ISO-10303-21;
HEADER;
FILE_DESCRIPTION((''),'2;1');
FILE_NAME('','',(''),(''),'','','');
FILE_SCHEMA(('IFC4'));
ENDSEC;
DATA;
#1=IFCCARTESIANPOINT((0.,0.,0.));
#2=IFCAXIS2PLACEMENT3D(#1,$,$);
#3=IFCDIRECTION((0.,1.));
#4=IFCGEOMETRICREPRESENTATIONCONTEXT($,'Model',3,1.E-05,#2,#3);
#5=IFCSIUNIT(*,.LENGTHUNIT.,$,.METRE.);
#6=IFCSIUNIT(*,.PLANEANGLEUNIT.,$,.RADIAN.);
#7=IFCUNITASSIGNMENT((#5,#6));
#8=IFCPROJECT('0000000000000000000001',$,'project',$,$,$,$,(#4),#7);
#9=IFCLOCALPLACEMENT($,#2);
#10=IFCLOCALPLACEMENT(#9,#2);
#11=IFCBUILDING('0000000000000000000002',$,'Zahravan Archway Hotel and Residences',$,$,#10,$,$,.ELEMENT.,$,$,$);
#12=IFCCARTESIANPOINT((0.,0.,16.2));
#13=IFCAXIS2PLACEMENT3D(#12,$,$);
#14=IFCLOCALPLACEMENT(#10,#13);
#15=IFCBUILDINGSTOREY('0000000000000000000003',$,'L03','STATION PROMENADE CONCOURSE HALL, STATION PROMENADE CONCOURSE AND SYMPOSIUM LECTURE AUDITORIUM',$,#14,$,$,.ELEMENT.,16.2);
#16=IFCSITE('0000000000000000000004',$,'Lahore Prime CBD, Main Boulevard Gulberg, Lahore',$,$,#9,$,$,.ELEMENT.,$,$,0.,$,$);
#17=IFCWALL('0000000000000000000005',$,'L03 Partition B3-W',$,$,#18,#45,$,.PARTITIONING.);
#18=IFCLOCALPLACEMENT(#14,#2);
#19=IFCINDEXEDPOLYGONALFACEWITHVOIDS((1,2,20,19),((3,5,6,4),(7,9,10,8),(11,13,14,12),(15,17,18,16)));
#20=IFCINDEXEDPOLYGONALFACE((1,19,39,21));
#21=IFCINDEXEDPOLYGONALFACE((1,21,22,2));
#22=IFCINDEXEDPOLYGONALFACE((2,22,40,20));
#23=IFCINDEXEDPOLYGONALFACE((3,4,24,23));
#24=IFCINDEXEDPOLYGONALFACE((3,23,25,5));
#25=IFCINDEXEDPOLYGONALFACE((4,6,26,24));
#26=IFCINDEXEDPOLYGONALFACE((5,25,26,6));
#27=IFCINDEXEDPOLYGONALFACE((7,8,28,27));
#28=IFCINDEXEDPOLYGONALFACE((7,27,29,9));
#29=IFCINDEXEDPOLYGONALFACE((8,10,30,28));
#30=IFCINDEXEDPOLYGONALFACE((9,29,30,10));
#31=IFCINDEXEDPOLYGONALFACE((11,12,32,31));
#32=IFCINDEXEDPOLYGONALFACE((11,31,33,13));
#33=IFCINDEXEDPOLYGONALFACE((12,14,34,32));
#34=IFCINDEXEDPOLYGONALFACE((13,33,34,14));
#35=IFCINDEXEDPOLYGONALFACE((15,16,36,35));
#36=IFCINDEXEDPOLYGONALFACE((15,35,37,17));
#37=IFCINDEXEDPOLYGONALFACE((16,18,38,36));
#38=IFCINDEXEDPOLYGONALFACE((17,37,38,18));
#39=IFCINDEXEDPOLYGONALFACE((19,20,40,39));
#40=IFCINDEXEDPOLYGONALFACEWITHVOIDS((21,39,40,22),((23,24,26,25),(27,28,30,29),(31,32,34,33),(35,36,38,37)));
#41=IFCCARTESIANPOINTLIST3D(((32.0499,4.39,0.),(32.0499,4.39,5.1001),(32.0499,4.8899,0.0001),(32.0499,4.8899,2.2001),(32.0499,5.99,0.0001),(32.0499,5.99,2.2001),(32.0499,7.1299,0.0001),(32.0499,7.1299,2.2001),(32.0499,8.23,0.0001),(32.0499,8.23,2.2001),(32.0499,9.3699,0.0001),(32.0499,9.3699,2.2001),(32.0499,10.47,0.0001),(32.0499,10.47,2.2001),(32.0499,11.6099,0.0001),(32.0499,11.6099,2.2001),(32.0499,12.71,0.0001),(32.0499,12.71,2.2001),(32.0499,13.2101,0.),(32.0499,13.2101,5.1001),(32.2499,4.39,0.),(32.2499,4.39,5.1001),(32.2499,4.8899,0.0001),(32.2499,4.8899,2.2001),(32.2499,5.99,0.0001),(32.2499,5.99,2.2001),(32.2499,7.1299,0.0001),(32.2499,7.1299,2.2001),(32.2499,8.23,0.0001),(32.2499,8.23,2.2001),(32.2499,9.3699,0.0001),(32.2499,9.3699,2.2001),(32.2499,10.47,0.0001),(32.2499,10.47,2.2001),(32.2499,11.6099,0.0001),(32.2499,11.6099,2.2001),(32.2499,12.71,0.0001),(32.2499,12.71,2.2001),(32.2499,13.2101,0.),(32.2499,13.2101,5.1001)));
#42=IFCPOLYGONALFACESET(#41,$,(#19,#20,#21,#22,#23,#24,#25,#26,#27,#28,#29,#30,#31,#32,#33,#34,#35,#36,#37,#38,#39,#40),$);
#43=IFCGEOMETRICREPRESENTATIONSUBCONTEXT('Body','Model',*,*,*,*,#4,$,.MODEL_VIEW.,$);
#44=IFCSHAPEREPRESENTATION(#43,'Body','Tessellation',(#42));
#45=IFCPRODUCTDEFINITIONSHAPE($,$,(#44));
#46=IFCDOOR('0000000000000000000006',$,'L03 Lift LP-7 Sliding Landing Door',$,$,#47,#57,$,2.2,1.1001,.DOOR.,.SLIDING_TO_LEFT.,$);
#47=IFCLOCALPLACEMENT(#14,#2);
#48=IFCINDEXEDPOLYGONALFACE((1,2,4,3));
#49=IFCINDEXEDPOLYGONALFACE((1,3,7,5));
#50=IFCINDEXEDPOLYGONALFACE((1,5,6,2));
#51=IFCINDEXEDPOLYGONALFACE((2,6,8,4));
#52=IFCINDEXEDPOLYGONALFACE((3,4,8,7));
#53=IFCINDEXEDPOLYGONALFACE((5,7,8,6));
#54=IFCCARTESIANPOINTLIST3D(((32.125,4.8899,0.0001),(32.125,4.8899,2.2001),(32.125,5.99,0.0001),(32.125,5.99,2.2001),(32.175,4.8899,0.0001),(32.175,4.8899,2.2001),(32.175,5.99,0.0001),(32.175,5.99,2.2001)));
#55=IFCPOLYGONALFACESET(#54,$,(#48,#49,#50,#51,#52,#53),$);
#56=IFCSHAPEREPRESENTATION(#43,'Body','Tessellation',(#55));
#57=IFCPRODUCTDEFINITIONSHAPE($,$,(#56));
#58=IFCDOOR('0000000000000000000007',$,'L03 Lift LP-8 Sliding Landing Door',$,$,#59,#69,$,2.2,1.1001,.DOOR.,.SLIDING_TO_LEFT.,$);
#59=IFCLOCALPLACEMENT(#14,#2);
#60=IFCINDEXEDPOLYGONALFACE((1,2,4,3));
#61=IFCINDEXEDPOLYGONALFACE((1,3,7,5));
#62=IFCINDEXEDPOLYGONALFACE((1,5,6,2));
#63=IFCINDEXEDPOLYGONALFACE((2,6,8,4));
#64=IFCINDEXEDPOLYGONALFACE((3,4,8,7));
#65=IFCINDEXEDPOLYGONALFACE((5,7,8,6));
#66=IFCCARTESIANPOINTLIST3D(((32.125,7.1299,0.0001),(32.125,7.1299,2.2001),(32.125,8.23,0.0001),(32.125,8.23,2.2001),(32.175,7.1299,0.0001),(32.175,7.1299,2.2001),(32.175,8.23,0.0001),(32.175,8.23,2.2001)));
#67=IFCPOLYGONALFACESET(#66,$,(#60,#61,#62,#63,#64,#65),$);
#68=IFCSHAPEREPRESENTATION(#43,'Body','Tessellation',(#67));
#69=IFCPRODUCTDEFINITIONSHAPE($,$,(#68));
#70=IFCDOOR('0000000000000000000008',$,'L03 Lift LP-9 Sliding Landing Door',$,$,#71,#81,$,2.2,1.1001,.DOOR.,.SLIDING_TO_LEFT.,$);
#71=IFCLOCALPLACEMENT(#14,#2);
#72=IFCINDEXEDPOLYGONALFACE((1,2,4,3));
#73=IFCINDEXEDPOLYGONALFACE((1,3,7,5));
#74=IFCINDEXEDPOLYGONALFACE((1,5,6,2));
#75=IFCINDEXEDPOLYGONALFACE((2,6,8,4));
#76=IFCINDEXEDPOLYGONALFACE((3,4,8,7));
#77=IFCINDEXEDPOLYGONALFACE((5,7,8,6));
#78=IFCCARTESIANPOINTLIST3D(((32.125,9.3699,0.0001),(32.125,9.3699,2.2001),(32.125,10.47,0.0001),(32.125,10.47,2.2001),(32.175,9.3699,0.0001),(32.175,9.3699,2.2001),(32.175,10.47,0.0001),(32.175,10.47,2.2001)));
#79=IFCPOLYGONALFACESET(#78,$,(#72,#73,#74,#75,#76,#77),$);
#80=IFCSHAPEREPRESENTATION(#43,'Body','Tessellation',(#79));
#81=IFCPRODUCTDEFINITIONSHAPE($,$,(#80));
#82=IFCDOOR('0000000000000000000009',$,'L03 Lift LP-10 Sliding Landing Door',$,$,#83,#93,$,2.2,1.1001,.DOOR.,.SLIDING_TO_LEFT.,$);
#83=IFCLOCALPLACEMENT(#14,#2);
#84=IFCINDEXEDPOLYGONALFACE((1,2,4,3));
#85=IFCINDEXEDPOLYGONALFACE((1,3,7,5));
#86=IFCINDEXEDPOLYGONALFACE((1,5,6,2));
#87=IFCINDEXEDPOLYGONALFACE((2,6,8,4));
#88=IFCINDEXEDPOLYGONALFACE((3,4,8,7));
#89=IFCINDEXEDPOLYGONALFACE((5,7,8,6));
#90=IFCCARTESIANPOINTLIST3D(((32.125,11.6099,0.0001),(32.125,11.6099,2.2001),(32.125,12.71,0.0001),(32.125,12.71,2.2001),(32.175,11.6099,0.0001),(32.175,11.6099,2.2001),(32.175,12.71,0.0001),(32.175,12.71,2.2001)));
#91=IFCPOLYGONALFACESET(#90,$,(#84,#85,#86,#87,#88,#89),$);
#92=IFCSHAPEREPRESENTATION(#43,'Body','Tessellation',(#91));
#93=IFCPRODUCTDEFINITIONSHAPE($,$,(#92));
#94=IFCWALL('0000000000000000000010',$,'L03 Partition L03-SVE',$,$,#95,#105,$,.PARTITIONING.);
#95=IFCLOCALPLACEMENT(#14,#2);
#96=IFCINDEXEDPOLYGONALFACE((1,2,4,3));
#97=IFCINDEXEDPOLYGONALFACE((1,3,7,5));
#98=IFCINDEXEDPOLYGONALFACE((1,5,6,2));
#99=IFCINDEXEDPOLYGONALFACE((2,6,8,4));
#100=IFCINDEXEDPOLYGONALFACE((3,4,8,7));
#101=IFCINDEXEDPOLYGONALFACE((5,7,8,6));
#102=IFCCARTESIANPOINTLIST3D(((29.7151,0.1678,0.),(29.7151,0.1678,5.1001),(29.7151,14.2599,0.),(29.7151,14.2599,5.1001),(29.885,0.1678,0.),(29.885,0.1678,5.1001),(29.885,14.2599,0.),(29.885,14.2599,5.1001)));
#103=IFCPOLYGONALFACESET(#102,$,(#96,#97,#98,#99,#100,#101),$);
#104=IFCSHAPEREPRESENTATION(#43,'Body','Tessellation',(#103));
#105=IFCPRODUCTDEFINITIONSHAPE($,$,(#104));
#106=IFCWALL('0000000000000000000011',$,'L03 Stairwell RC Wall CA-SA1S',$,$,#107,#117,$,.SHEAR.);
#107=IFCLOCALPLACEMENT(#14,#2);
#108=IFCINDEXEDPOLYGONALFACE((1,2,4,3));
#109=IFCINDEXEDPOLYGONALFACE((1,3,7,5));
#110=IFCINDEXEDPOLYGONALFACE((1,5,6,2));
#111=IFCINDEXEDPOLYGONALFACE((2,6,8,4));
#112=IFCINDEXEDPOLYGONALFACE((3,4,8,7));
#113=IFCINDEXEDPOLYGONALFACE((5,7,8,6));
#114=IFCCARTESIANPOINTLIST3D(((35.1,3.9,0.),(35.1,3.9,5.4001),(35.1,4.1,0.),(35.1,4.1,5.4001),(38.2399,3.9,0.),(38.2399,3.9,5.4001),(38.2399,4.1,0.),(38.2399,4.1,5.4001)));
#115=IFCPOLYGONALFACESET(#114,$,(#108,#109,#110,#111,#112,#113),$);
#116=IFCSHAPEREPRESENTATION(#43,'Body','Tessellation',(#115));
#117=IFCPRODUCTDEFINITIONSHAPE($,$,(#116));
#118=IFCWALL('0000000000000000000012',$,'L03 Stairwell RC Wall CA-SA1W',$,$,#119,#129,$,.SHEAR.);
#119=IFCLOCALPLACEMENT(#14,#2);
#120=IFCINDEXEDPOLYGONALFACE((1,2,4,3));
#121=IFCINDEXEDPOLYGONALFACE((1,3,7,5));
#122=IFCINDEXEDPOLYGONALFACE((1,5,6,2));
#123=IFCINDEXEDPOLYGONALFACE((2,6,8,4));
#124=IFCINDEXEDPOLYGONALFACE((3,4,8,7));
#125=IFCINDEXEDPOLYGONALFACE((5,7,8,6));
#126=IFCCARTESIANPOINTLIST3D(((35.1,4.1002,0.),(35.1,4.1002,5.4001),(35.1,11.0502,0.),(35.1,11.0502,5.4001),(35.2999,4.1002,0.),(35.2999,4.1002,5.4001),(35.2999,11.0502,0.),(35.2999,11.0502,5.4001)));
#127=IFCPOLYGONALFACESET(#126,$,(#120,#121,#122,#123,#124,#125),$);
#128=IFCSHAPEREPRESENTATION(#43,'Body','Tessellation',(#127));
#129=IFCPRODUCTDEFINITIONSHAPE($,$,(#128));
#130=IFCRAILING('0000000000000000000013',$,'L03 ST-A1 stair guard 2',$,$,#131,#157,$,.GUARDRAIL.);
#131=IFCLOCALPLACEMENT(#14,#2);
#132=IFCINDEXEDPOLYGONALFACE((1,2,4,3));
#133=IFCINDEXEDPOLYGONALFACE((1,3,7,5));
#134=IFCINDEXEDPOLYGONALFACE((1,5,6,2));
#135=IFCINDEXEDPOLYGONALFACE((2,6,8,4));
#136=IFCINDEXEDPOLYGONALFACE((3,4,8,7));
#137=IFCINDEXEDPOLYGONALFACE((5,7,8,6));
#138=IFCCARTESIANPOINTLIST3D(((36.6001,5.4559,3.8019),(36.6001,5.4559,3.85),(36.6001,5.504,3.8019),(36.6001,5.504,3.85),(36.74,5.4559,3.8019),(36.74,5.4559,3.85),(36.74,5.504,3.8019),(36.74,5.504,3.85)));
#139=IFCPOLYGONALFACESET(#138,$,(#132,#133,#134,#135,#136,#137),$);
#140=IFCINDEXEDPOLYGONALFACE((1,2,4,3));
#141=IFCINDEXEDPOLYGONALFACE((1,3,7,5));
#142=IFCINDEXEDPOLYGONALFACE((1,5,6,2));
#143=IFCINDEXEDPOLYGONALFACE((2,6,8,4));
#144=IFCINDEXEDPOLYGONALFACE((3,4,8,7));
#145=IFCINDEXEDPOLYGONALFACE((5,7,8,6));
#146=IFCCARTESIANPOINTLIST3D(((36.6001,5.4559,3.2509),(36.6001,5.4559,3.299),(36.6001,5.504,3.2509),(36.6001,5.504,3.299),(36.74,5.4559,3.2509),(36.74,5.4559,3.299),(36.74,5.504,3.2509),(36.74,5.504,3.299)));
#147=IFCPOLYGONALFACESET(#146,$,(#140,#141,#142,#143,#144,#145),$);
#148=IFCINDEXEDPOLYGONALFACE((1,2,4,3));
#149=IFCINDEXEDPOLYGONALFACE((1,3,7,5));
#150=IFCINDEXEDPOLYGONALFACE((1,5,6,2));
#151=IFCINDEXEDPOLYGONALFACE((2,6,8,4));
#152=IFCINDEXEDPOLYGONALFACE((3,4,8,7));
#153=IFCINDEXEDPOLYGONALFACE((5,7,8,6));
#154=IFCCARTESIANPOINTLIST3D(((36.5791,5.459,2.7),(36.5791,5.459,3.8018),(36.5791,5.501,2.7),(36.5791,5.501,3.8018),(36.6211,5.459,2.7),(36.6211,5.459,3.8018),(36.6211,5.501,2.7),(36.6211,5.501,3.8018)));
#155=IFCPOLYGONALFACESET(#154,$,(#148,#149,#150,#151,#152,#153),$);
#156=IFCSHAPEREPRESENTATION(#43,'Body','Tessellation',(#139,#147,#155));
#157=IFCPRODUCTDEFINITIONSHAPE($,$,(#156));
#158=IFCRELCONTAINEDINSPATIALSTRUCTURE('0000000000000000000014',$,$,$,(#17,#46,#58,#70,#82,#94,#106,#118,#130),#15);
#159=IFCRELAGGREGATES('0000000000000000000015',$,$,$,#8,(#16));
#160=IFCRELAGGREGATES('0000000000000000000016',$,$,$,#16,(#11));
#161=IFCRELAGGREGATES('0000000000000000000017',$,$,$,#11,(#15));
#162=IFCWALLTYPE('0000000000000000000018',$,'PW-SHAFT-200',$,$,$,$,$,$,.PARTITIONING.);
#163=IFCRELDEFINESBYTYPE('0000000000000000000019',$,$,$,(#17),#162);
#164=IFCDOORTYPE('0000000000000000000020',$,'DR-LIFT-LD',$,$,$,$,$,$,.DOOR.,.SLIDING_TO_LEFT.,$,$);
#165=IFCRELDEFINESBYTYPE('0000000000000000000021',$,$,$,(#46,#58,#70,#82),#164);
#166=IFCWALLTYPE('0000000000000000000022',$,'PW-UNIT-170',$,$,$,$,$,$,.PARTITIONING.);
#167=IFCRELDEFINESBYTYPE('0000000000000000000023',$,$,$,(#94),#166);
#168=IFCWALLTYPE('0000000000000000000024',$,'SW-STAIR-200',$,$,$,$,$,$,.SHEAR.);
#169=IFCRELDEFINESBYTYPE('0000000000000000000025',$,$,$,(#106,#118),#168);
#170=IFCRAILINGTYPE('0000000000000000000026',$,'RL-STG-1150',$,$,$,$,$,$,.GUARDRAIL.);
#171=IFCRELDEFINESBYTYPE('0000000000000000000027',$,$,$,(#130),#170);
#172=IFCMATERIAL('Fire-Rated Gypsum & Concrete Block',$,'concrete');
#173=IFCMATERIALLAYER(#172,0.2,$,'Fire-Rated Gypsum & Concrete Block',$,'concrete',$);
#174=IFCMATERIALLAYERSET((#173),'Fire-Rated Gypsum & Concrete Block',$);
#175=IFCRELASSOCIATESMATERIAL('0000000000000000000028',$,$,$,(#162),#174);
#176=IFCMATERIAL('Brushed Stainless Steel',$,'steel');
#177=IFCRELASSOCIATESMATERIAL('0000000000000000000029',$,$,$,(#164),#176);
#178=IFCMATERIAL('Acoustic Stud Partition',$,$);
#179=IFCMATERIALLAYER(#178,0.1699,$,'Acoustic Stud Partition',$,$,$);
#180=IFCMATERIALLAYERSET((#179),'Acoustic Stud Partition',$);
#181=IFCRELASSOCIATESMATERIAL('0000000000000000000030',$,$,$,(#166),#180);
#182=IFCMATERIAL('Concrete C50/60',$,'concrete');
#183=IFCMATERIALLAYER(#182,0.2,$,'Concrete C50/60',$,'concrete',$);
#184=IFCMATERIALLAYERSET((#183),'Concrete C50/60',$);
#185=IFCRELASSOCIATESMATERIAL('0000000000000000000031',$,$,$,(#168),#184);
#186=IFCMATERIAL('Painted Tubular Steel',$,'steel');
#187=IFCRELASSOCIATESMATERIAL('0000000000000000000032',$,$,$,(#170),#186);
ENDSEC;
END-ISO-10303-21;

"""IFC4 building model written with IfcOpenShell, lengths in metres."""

from ifc_helpers import new_model, si_unit, direction, frame, frame_2d, origin, origin_2d, place, context, subcontext, project, spatial, rectangle, extrude, source, transform, mapped, material, layer, layer_set, type_object, type_shapes, element, fill, save


model = new_model("IFC4")

# Units and contexts
model_context = context("Model", 3, precision=1e-05, world=origin(), true_north=direction((0.0, 1.0)))
body_context = subcontext(model_context, "Body", "Model", "MODEL_VIEW")
ifc_project = project(units=[si_unit("LENGTHUNIT", "METRE"), si_unit("PLANEANGLEUNIT", "RADIAN")], contexts=[model_context])

# Site, building, storey
site_placement = place(None, origin())
site = spatial("IfcSite", under=ifc_project, at=site_placement, Name="Lahore Prime CBD, Main Boulevard Gulberg, Lahore", CompositionType="ELEMENT", RefElevation=0.0)
building_placement = place(site_placement, origin())
building = spatial("IfcBuilding", under=site, at=building_placement, Name="Zahravan Archway Hotel and Residences", CompositionType="ELEMENT")
storey_placement = place(building_placement, frame((0.0, 0.0, 16.2)))
storey = spatial("IfcBuildingStorey", under=building, at=storey_placement, Name="L03", Description="STATION PROMENADE CONCOURSE HALL, STATION PROMENADE CONCOURSE AND SYMPOSIUM LECTURE AUDITORIUM", CompositionType="ELEMENT", Elevation=16.2)

# Shared definitions
ifc_material_1 = material(Name="Fire-Rated Gypsum & Concrete Block", Category="concrete")

# Shared definitions
ifc_layer_1 = layer(ifc_material_1, 0.2, Name="Fire-Rated Gypsum & Concrete Block", Category="concrete")
ifc_layer_set_1 = layer_set([ifc_layer_1], Name="Fire-Rated Gypsum & Concrete Block")
wall_type_1 = type_object("IfcWallType", Name="PW-SHAFT-200", PredefinedType="PARTITIONING", material=ifc_layer_set_1)

# Wall, openings, doors
wall_1_placement = place(storey_placement, frame((32.1499, 4.3899, 0.0), z_axis=(0.0, 0.0, 1.0), x_axis=(0.0, 1.0, 0.0)))
wall_1 = element("IfcWall", 1, at=wall_1_placement, inside=storey, type_object=wall_type_1, Name="L03 Partition B3-W", PredefinedType="PARTITIONING", context=body_context, shape_type="SweptSolid", body=[
    extrude(rectangle(XDim=8.8201, YDim=0.2, at=frame_2d((4.4102, 0.0))), origin(), (0.0, 0.0, 1.0), 5.1001),
])
opening_1_placement = place(wall_1_placement, frame((0.5, 0.0, 0.0)))
opening_1 = element("IfcOpeningElement", 2, at=opening_1_placement, cuts=wall_1, PredefinedType="OPENING", context=body_context, shape_type="SweptSolid", body=[
    extrude(rectangle(XDim=1.1001, YDim=2.2, at=frame_2d((0.55, 1.1001))), frame((0.0, 0.1099, 0.0), z_axis=(0.0, -1.0, 0.0), x_axis=(1.0, 0.0, 0.0)), (0.0, 0.0, 1.0), 0.22),
])
opening_2_placement = place(wall_1_placement, frame((2.74, 0.0, 0.0)))
opening_2 = element("IfcOpeningElement", 3, at=opening_2_placement, cuts=wall_1, PredefinedType="OPENING", context=body_context, shape_type="SweptSolid", body=[
    extrude(rectangle(XDim=1.1001, YDim=2.2, at=frame_2d((0.55, 1.1001))), frame((0.0, 0.1099, 0.0), z_axis=(0.0, -1.0, 0.0), x_axis=(1.0, 0.0, 0.0)), (0.0, 0.0, 1.0), 0.22),
])
opening_3_placement = place(wall_1_placement, frame((4.98, 0.0, 0.0)))
opening_3 = element("IfcOpeningElement", 4, at=opening_3_placement, cuts=wall_1, PredefinedType="OPENING", context=body_context, shape_type="SweptSolid", body=[
    extrude(rectangle(XDim=1.1001, YDim=2.2, at=frame_2d((0.55, 1.1001))), frame((0.0, 0.1099, 0.0), z_axis=(0.0, -1.0, 0.0), x_axis=(1.0, 0.0, 0.0)), (0.0, 0.0, 1.0), 0.22),
])
opening_4_placement = place(wall_1_placement, frame((7.22, 0.0, 0.0)))
opening_4 = element("IfcOpeningElement", 5, at=opening_4_placement, cuts=wall_1, PredefinedType="OPENING", context=body_context, shape_type="SweptSolid", body=[
    extrude(rectangle(XDim=1.1001, YDim=2.2, at=frame_2d((0.55, 1.1001))), frame((0.0, 0.1099, 0.0), z_axis=(0.0, -1.0, 0.0), x_axis=(1.0, 0.0, 0.0)), (0.0, 0.0, 1.0), 0.22),
])
ifc_material_2 = material(Name="Brushed Stainless Steel", Category="steel")
door_type_1 = type_object("IfcDoorType", Name="DR-LIFT-LD", OperationType="SLIDING_TO_LEFT", PredefinedType="DOOR", material=ifc_material_2)
shared_shape_1 = source(origin(), body_context, "Body", "SweptSolid", [
    extrude(rectangle(XDim=1.1001, YDim=2.2, at=frame_2d((0.55, 1.1001))), frame((0.0, 0.0249, 0.0), z_axis=(0.0, -1.0, 0.0), x_axis=(1.0, 0.0, 0.0)), (0.0, 0.0, 1.0), 0.05),
])
type_shapes(door_type_1, [shared_shape_1])
door_1_placement = place(opening_1_placement, origin())
door_1 = element("IfcDoor", 6, at=door_1_placement, inside=storey, type_object=door_type_1, Name="L03 Lift LP-7 Sliding Landing Door", OperationType="SLIDING_TO_LEFT", OverallHeight=2.2, OverallWidth=1.1001, PredefinedType="DOOR", context=body_context, shape_type="MappedRepresentation", body=[
    mapped(shared_shape_1, transform((0.0, 0.0, 0.0), scale=1.0)),
])
fill(opening_1, door_1)
door_2_placement = place(opening_2_placement, origin())
door_2 = element("IfcDoor", 7, at=door_2_placement, inside=storey, type_object=door_type_1, Name="L03 Lift LP-8 Sliding Landing Door", OperationType="SLIDING_TO_LEFT", OverallHeight=2.2, OverallWidth=1.1001, PredefinedType="DOOR", context=body_context, shape_type="MappedRepresentation", body=[
    mapped(shared_shape_1, transform((0.0, 0.0, 0.0), scale=1.0)),
])
fill(opening_2, door_2)
door_3_placement = place(opening_3_placement, origin())
door_3 = element("IfcDoor", 8, at=door_3_placement, inside=storey, type_object=door_type_1, Name="L03 Lift LP-9 Sliding Landing Door", OperationType="SLIDING_TO_LEFT", OverallHeight=2.2, OverallWidth=1.1001, PredefinedType="DOOR", context=body_context, shape_type="MappedRepresentation", body=[
    mapped(shared_shape_1, transform((0.0, 0.0, 0.0), scale=1.0)),
])
fill(opening_3, door_3)
door_4_placement = place(opening_4_placement, origin())
door_4 = element("IfcDoor", 9, at=door_4_placement, inside=storey, type_object=door_type_1, Name="L03 Lift LP-10 Sliding Landing Door", OperationType="SLIDING_TO_LEFT", OverallHeight=2.2, OverallWidth=1.1001, PredefinedType="DOOR", context=body_context, shape_type="MappedRepresentation", body=[
    mapped(shared_shape_1, transform((0.0, 0.0, 0.0), scale=1.0)),
])
fill(opening_4, door_4)

# Walls
ifc_material_3 = material(Name="Acoustic Stud Partition")
ifc_layer_2 = layer(ifc_material_3, 0.1699, Name="Acoustic Stud Partition")
ifc_layer_set_2 = layer_set([ifc_layer_2], Name="Acoustic Stud Partition")
wall_type_2 = type_object("IfcWallType", Name="PW-UNIT-170", PredefinedType="PARTITIONING", material=ifc_layer_set_2)
wall_2_placement = place(storey_placement, frame((29.8, 0.168, 0.0), z_axis=(0.0, 0.0, 1.0), x_axis=(0.0, 1.0, 0.0)))
element("IfcWall", 10, at=wall_2_placement, inside=storey, type_object=wall_type_2, Name="L03 Partition L03-SVE", PredefinedType="PARTITIONING", context=body_context, shape_type="SweptSolid", body=[
    extrude(rectangle(XDim=14.092, YDim=0.1699, at=frame_2d((7.0459, 0.0))), origin(), (0.0, 0.0, 1.0), 5.1001),
])
ifc_material_4 = material(Name="Concrete C50/60", Category="concrete")
ifc_layer_3 = layer(ifc_material_4, 0.2, Name="Concrete C50/60", Category="concrete")
ifc_layer_set_3 = layer_set([ifc_layer_3], Name="Concrete C50/60")
wall_type_3 = type_object("IfcWallType", Name="SW-STAIR-200", PredefinedType="SHEAR", material=ifc_layer_set_3)
wall_3_placement = place(storey_placement, frame((35.1001, 4.0, 0.0), z_axis=(0.0, 0.0, 1.0), x_axis=(1.0, 0.0, 0.0)))
element("IfcWall", 11, at=wall_3_placement, inside=storey, type_object=wall_type_3, Name="L03 Stairwell RC Wall CA-SA1S", PredefinedType="SHEAR", context=body_context, shape_type="SweptSolid", body=[
    extrude(rectangle(XDim=3.1399, YDim=0.2, at=frame_2d((1.5698, 0.0))), origin(), (0.0, 0.0, 1.0), 5.4001),
])
wall_4_placement = place(storey_placement, frame((35.2, 4.1001, 0.0), z_axis=(0.0, 0.0, 1.0), x_axis=(0.0, 1.0, 0.0)))
element("IfcWall", 12, at=wall_4_placement, inside=storey, type_object=wall_type_3, Name="L03 Stairwell RC Wall CA-SA1W", PredefinedType="SHEAR", context=body_context, shape_type="SweptSolid", body=[
    extrude(rectangle(XDim=6.95, YDim=0.2, at=frame_2d((3.4751, 0.0))), origin(), (0.0, 0.0, 1.0), 5.4001),
])

# Railing
ifc_material_5 = material(Name="Painted Tubular Steel", Category="steel")
railing_type = type_object("IfcRailingType", Name="RL-STG-1150", PredefinedType="GUARDRAIL", material=ifc_material_5)
railing_placement = place(storey_placement, frame((36.6001, 5.48, 2.7)))
element("IfcRailing", 13, at=railing_placement, inside=storey, type_object=railing_type, Name="L03 ST-A1 stair guard 2", PredefinedType="GUARDRAIL", context=body_context, shape_type="SweptSolid", body=[
    extrude(rectangle(XDim=0.0481, YDim=0.0481, at=origin_2d()), frame((0.0, 0.0, 1.126), z_axis=(1.0, 0.0, 0.0), x_axis=(0.0, 1.0, 0.0)), (0.0, 0.0, 1.0), 0.1399),
    extrude(rectangle(XDim=0.0481, YDim=0.0481, at=origin_2d()), frame((0.0, 0.0, 0.575), z_axis=(1.0, 0.0, 0.0), x_axis=(0.0, 1.0, 0.0)), (0.0, 0.0, 1.0), 0.1399),
    extrude(rectangle(XDim=0.042, YDim=0.042, at=origin_2d()), origin(), (0.0, 0.0, 1.0), 1.1018),
])

save(model, "model.ifc")
